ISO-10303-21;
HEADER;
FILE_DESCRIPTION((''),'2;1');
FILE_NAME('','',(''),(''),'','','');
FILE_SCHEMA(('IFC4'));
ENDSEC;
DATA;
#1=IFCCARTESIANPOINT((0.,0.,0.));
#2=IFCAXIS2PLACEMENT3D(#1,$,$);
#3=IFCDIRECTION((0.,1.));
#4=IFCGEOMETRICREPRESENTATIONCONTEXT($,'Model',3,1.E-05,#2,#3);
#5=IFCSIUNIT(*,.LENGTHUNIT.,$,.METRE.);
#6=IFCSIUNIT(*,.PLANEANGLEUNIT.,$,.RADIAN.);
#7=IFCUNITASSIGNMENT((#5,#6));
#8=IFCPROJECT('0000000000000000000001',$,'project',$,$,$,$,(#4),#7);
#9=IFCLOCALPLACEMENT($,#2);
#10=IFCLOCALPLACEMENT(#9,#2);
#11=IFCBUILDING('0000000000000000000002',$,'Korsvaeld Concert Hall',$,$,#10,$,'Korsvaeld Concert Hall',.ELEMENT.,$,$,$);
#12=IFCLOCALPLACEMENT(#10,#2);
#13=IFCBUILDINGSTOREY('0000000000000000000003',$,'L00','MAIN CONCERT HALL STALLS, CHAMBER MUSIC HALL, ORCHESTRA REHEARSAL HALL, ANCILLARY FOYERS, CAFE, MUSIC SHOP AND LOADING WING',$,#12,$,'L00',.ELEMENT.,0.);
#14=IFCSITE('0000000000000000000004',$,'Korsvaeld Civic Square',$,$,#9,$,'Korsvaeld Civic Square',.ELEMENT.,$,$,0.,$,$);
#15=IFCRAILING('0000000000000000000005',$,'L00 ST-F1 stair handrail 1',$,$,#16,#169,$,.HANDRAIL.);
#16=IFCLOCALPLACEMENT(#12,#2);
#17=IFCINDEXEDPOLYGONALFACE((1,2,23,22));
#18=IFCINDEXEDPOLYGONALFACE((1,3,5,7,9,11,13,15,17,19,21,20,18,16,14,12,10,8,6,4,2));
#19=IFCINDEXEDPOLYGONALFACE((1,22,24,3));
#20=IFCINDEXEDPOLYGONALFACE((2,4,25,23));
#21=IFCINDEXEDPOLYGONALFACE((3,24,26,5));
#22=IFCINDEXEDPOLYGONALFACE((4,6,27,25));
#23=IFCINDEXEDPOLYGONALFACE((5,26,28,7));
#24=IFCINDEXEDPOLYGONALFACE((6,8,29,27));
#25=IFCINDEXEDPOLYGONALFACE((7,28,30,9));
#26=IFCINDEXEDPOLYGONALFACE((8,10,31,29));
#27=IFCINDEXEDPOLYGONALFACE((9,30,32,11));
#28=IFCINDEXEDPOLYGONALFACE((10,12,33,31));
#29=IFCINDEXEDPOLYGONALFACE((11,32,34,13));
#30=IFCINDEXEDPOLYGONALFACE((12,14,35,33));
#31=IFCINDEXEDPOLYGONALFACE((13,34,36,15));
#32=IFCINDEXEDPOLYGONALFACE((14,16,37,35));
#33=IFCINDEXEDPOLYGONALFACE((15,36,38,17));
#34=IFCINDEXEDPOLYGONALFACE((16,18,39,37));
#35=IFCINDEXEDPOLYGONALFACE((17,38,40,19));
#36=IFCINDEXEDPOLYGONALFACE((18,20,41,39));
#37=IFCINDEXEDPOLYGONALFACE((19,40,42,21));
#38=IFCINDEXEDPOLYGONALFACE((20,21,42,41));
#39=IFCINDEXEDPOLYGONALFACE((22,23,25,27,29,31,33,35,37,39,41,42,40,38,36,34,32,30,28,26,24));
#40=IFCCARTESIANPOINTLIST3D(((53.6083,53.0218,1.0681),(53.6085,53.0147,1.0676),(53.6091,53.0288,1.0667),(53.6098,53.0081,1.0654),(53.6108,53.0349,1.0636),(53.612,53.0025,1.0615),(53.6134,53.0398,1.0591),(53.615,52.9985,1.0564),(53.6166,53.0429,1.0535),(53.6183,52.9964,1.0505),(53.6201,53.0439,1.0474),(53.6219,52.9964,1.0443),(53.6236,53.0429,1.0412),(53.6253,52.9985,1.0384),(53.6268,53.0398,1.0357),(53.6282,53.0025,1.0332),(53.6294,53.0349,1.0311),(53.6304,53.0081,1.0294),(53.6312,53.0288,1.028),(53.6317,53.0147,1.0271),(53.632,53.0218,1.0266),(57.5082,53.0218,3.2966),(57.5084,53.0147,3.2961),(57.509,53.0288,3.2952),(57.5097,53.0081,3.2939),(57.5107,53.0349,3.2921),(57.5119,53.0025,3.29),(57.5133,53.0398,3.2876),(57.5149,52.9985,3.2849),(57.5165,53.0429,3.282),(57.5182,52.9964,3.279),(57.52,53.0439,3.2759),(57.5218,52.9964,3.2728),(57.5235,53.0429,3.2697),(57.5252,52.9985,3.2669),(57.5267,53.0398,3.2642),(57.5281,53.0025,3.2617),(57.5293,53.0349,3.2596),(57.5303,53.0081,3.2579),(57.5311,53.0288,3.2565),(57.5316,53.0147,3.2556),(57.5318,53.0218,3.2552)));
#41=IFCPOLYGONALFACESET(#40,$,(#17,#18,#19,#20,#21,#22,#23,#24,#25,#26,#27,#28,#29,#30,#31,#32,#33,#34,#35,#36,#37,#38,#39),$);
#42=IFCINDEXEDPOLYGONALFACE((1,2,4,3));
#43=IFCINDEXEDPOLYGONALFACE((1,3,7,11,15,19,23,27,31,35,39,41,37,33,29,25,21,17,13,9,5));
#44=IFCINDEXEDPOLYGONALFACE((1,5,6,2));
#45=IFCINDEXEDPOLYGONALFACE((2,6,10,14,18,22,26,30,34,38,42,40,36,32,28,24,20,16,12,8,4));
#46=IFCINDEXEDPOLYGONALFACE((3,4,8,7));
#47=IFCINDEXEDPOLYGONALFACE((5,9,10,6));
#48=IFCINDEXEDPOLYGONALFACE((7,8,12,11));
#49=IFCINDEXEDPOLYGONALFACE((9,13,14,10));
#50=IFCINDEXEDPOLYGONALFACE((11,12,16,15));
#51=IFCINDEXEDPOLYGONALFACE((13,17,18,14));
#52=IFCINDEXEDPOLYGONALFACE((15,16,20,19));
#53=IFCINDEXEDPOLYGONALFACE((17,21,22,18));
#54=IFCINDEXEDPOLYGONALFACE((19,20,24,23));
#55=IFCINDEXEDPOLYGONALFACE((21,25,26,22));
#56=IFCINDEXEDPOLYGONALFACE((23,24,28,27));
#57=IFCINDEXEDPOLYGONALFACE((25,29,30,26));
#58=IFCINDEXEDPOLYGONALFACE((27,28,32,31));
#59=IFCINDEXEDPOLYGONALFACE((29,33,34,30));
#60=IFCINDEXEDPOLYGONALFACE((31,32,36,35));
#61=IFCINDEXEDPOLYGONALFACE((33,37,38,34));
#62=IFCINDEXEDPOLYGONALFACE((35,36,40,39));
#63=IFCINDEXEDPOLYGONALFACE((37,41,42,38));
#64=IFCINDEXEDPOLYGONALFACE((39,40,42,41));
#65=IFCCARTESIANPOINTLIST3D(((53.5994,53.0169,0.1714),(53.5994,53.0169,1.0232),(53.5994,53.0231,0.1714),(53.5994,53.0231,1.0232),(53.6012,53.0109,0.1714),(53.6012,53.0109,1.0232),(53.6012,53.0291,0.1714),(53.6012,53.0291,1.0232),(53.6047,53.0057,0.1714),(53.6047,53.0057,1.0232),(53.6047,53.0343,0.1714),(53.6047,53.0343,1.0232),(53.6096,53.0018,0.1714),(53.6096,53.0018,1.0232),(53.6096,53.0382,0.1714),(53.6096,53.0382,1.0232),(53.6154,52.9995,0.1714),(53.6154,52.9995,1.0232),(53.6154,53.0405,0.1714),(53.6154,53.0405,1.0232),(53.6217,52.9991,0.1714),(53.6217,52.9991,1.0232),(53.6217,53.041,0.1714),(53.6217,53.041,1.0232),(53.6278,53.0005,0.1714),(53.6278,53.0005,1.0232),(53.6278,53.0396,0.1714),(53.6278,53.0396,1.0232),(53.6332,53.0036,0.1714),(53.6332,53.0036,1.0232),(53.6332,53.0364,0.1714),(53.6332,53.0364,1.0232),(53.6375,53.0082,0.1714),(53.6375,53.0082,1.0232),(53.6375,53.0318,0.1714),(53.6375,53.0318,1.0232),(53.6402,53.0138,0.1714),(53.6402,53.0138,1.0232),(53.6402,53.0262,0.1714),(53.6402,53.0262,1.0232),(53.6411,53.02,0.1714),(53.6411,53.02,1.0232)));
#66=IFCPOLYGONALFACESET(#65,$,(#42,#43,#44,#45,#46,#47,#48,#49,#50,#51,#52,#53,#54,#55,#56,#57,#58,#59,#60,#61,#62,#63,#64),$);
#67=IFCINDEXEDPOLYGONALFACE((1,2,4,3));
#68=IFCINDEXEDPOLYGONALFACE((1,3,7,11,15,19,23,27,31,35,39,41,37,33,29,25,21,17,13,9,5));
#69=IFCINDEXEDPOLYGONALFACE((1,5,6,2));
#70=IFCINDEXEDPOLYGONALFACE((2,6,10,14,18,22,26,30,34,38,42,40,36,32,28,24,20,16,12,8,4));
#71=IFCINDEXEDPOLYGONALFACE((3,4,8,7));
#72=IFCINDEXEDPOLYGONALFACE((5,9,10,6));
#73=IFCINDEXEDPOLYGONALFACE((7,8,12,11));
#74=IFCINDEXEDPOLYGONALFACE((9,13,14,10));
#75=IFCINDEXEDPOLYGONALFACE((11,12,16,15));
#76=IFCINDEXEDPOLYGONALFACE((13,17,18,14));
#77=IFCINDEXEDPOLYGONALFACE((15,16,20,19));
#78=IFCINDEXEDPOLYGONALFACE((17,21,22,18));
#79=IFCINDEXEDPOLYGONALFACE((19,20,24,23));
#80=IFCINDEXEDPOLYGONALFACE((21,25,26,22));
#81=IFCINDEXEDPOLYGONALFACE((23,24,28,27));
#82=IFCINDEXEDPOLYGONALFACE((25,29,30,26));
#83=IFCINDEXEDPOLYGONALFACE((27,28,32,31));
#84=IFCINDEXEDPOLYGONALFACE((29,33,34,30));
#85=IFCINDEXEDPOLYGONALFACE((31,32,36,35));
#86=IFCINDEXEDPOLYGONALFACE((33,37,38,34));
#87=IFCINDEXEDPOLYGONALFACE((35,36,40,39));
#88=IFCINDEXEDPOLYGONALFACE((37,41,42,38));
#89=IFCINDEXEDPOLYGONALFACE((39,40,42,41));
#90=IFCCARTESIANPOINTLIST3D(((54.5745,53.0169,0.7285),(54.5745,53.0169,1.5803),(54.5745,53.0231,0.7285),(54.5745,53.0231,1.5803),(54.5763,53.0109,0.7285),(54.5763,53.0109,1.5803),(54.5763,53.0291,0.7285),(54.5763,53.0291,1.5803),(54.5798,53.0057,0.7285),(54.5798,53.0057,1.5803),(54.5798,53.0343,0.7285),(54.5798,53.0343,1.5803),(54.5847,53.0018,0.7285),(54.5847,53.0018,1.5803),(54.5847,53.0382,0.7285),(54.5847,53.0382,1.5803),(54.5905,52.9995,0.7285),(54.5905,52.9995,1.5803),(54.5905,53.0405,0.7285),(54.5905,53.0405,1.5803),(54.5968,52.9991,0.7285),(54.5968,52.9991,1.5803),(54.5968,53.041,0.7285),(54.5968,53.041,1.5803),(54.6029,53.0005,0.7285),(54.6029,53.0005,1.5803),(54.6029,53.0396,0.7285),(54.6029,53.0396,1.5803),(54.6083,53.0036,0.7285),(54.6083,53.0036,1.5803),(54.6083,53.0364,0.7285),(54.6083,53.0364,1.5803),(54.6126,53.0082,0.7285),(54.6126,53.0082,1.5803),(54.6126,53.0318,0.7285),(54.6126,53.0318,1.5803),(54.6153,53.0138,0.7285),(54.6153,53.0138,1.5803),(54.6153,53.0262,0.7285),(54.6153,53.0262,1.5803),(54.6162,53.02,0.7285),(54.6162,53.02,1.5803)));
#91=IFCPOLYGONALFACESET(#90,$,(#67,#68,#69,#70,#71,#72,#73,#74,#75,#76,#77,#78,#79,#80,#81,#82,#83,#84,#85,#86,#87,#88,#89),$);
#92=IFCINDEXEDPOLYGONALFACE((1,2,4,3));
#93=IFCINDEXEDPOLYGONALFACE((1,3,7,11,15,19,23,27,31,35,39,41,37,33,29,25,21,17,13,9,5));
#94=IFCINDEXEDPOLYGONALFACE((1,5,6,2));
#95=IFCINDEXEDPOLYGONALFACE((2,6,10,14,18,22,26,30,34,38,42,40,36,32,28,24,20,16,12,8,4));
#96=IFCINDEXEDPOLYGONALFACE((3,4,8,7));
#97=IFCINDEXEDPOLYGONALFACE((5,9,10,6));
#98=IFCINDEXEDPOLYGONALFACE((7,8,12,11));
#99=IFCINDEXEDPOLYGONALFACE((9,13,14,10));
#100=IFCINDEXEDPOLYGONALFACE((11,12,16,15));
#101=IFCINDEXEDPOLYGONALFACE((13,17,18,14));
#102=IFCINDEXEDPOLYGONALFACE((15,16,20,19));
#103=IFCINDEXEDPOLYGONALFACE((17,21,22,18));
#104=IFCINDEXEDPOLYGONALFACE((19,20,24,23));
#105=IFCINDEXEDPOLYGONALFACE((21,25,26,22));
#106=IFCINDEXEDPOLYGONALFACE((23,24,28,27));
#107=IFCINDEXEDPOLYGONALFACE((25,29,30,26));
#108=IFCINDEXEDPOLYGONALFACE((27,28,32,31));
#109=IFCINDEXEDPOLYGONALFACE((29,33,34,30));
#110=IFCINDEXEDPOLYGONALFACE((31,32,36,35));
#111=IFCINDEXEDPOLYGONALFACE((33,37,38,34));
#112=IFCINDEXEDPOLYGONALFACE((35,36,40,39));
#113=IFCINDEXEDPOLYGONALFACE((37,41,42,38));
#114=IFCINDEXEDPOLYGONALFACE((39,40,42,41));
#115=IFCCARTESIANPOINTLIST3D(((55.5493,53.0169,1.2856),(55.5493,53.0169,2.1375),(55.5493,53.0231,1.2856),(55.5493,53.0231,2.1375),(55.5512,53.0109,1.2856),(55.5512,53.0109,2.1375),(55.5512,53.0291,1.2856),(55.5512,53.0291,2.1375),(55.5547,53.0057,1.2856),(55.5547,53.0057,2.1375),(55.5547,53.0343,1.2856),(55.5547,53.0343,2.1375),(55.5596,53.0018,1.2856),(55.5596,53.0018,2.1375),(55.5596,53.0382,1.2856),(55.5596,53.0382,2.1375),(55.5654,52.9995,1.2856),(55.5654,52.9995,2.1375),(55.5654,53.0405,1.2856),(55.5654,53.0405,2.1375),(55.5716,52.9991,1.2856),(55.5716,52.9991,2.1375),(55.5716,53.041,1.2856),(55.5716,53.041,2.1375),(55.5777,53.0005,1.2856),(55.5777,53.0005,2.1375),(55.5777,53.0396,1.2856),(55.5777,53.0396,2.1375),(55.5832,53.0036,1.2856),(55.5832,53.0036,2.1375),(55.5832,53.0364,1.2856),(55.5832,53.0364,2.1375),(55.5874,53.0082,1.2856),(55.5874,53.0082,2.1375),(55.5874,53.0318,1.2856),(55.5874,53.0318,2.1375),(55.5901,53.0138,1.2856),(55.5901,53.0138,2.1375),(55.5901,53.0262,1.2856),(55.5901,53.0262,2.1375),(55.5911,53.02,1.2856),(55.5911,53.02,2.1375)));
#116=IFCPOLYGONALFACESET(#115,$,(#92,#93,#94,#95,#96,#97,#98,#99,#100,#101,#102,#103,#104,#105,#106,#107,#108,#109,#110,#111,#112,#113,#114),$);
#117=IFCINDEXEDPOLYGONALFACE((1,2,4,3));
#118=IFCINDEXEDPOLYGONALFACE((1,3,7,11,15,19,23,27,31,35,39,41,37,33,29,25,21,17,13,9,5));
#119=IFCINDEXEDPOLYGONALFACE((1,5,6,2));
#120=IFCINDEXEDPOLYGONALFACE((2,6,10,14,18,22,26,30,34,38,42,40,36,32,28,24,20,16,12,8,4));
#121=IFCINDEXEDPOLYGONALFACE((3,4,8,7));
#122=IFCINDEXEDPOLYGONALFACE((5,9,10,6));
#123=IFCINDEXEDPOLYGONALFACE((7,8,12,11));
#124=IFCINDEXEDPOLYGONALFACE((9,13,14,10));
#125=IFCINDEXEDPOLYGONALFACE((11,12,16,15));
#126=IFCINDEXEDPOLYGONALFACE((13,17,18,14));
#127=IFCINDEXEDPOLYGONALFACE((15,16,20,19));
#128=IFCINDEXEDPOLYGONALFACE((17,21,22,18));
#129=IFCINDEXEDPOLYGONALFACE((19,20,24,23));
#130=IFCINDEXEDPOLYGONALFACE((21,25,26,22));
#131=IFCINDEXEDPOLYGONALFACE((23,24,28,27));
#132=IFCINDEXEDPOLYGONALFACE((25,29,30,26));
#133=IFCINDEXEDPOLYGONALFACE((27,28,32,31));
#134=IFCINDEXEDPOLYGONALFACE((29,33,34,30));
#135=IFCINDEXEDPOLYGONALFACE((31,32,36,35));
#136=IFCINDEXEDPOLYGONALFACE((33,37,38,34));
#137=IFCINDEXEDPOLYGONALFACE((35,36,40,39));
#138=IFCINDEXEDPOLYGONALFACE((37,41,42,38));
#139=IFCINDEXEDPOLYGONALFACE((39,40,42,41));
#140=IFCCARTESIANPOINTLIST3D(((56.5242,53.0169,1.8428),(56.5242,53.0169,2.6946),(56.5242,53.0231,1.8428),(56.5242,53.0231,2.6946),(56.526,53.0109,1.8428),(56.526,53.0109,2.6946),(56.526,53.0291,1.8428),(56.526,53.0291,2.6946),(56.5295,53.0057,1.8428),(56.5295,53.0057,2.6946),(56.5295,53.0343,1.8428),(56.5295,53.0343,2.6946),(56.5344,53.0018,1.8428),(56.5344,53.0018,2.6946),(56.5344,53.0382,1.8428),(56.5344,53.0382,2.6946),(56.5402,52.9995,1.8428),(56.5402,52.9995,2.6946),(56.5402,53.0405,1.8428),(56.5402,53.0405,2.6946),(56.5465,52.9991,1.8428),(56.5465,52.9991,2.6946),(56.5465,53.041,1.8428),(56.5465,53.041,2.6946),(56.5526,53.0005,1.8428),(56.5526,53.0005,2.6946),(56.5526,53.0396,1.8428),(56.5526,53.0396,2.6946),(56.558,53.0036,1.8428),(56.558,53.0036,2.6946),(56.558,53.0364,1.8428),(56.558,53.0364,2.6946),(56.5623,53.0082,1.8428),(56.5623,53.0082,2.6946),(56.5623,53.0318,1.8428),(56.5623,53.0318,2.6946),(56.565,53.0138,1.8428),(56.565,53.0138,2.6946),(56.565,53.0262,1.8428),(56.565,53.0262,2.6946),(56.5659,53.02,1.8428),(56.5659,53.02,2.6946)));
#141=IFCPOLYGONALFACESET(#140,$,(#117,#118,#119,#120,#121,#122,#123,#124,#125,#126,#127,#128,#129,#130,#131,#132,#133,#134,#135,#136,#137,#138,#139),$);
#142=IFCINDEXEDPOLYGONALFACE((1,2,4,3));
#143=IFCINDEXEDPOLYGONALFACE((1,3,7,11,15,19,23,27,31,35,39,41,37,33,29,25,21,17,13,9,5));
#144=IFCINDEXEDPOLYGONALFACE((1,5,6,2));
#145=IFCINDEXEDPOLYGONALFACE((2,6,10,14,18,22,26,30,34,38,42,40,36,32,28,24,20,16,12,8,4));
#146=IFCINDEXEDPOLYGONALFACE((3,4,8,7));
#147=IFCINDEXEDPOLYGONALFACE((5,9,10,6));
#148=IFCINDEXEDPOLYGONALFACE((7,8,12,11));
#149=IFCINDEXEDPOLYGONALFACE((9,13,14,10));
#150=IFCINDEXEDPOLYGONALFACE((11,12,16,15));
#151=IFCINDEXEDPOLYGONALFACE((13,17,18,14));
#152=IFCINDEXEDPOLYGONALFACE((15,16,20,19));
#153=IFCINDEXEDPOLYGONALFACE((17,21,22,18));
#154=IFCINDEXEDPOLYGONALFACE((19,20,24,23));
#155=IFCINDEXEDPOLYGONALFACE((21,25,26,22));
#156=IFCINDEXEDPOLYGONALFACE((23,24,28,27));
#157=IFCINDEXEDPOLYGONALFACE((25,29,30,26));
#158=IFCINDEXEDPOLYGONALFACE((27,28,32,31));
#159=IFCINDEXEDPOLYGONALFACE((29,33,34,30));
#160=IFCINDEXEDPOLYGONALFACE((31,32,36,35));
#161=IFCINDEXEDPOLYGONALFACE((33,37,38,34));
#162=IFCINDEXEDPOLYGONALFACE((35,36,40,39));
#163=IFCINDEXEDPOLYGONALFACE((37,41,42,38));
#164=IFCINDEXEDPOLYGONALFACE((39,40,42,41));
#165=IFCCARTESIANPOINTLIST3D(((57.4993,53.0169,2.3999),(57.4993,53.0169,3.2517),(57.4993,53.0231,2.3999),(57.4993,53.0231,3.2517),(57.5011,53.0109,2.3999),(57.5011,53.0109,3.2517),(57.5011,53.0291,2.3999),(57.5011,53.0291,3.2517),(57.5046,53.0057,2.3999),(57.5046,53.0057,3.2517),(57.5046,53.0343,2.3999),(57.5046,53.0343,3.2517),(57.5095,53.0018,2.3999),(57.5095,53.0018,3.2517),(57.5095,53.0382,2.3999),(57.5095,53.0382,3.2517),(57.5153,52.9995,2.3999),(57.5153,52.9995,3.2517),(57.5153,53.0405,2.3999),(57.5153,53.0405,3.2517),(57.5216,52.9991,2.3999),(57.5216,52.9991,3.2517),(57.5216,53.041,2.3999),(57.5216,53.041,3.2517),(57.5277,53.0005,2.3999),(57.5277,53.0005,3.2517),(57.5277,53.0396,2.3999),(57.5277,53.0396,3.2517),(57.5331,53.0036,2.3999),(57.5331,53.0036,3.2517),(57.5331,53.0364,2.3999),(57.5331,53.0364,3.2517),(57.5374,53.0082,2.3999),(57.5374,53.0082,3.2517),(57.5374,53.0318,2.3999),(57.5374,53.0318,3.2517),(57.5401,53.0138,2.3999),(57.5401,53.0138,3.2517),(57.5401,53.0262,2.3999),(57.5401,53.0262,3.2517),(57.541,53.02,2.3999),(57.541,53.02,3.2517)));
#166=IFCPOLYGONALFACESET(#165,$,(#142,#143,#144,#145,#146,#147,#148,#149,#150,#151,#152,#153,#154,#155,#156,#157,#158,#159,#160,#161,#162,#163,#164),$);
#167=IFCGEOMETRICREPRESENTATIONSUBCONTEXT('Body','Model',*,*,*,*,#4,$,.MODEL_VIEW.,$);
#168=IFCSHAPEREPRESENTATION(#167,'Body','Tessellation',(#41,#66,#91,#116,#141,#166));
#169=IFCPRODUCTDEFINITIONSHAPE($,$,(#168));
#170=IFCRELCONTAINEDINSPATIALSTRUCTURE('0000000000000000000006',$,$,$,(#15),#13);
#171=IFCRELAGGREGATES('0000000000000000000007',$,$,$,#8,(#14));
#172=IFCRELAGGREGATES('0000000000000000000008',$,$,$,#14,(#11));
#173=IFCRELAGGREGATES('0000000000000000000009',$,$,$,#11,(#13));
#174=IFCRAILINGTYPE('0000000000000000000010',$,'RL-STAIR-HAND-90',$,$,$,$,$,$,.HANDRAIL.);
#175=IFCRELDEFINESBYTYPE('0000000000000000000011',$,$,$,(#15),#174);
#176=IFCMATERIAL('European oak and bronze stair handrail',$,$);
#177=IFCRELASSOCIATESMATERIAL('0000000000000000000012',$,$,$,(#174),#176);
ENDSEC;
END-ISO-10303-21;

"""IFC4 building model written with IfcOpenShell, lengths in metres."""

from ifc_helpers import new_model, si_unit, direction, frame, origin, origin_2d, place, context, subcontext, project, spatial, circle, extrude, material, type_object, element, save


model = new_model("IFC4")

# Units and contexts
model_context = context("Model", 3, precision=1e-05, world=origin(), true_north=direction((0.0, 1.0)))
body_context = subcontext(model_context, "Body", "Model", "MODEL_VIEW")
ifc_project = project(units=[si_unit("LENGTHUNIT", "METRE"), si_unit("PLANEANGLEUNIT", "RADIAN")], contexts=[model_context])

# Site, building, storey
site_placement = place(None, origin())
site = spatial("IfcSite", under=ifc_project, at=site_placement, Name="Korsvaeld Civic Square", LongName="Korsvaeld Civic Square", CompositionType="ELEMENT", RefElevation=0.0)
building_placement = place(site_placement, origin())
building = spatial("IfcBuilding", under=site, at=building_placement, Name="Korsvaeld Concert Hall", LongName="Korsvaeld Concert Hall", CompositionType="ELEMENT")
storey_placement = place(building_placement, origin())
storey = spatial("IfcBuildingStorey", under=building, at=storey_placement, Name="L00", Description="MAIN CONCERT HALL STALLS, CHAMBER MUSIC HALL, ORCHESTRA REHEARSAL HALL, ANCILLARY FOYERS, CAFE, MUSIC SHOP AND LOADING WING", LongName="L00", CompositionType="ELEMENT", Elevation=0.0)

# Railing
ifc_material_1 = material(Name="European oak and bronze stair handrail")
railing_type_1 = type_object("IfcRailingType", Name="RL-STAIR-HAND-90", PredefinedType="HANDRAIL", material=ifc_material_1)
railing_1_placement = place(storey_placement, frame((53.6201, 53.02, 0.1714)))
element("IfcRailing", 1, at=railing_1_placement, inside=storey, type_object=railing_type_1, Name="L00 ST-F1 stair handrail 1", PredefinedType="HANDRAIL", context=body_context, shape_type="SweptSolid", body=[
    extrude(circle(Radius=0.0239, at=origin_2d()), frame((0.0, 0.0, 0.876), z_axis=(0.868243, 0.0, 0.496139), x_axis=(0.0, 1.0, 0.0)), (0.0, 0.0, 1.0), 4.4917),
    extrude(circle(Radius=0.021, at=origin_2d()), origin(), (0.0, 0.0, 1.0), 0.8518),
    extrude(circle(Radius=0.021, at=origin_2d()), frame((0.9751, 0.0, 0.5571)), (0.0, 0.0, 1.0), 0.8518),
    extrude(circle(Radius=0.021, at=origin_2d()), frame((1.95, 0.0, 1.1143)), (0.0, 0.0, 1.0), 0.8518),
    extrude(circle(Radius=0.021, at=origin_2d()), frame((2.9248, 0.0, 1.6714)), (0.0, 0.0, 1.0), 0.8518),
    extrude(circle(Radius=0.021, at=origin_2d()), frame((3.8999, 0.0, 2.2285)), (0.0, 0.0, 1.0), 0.8518),
])

save(model, "model.ifc")
